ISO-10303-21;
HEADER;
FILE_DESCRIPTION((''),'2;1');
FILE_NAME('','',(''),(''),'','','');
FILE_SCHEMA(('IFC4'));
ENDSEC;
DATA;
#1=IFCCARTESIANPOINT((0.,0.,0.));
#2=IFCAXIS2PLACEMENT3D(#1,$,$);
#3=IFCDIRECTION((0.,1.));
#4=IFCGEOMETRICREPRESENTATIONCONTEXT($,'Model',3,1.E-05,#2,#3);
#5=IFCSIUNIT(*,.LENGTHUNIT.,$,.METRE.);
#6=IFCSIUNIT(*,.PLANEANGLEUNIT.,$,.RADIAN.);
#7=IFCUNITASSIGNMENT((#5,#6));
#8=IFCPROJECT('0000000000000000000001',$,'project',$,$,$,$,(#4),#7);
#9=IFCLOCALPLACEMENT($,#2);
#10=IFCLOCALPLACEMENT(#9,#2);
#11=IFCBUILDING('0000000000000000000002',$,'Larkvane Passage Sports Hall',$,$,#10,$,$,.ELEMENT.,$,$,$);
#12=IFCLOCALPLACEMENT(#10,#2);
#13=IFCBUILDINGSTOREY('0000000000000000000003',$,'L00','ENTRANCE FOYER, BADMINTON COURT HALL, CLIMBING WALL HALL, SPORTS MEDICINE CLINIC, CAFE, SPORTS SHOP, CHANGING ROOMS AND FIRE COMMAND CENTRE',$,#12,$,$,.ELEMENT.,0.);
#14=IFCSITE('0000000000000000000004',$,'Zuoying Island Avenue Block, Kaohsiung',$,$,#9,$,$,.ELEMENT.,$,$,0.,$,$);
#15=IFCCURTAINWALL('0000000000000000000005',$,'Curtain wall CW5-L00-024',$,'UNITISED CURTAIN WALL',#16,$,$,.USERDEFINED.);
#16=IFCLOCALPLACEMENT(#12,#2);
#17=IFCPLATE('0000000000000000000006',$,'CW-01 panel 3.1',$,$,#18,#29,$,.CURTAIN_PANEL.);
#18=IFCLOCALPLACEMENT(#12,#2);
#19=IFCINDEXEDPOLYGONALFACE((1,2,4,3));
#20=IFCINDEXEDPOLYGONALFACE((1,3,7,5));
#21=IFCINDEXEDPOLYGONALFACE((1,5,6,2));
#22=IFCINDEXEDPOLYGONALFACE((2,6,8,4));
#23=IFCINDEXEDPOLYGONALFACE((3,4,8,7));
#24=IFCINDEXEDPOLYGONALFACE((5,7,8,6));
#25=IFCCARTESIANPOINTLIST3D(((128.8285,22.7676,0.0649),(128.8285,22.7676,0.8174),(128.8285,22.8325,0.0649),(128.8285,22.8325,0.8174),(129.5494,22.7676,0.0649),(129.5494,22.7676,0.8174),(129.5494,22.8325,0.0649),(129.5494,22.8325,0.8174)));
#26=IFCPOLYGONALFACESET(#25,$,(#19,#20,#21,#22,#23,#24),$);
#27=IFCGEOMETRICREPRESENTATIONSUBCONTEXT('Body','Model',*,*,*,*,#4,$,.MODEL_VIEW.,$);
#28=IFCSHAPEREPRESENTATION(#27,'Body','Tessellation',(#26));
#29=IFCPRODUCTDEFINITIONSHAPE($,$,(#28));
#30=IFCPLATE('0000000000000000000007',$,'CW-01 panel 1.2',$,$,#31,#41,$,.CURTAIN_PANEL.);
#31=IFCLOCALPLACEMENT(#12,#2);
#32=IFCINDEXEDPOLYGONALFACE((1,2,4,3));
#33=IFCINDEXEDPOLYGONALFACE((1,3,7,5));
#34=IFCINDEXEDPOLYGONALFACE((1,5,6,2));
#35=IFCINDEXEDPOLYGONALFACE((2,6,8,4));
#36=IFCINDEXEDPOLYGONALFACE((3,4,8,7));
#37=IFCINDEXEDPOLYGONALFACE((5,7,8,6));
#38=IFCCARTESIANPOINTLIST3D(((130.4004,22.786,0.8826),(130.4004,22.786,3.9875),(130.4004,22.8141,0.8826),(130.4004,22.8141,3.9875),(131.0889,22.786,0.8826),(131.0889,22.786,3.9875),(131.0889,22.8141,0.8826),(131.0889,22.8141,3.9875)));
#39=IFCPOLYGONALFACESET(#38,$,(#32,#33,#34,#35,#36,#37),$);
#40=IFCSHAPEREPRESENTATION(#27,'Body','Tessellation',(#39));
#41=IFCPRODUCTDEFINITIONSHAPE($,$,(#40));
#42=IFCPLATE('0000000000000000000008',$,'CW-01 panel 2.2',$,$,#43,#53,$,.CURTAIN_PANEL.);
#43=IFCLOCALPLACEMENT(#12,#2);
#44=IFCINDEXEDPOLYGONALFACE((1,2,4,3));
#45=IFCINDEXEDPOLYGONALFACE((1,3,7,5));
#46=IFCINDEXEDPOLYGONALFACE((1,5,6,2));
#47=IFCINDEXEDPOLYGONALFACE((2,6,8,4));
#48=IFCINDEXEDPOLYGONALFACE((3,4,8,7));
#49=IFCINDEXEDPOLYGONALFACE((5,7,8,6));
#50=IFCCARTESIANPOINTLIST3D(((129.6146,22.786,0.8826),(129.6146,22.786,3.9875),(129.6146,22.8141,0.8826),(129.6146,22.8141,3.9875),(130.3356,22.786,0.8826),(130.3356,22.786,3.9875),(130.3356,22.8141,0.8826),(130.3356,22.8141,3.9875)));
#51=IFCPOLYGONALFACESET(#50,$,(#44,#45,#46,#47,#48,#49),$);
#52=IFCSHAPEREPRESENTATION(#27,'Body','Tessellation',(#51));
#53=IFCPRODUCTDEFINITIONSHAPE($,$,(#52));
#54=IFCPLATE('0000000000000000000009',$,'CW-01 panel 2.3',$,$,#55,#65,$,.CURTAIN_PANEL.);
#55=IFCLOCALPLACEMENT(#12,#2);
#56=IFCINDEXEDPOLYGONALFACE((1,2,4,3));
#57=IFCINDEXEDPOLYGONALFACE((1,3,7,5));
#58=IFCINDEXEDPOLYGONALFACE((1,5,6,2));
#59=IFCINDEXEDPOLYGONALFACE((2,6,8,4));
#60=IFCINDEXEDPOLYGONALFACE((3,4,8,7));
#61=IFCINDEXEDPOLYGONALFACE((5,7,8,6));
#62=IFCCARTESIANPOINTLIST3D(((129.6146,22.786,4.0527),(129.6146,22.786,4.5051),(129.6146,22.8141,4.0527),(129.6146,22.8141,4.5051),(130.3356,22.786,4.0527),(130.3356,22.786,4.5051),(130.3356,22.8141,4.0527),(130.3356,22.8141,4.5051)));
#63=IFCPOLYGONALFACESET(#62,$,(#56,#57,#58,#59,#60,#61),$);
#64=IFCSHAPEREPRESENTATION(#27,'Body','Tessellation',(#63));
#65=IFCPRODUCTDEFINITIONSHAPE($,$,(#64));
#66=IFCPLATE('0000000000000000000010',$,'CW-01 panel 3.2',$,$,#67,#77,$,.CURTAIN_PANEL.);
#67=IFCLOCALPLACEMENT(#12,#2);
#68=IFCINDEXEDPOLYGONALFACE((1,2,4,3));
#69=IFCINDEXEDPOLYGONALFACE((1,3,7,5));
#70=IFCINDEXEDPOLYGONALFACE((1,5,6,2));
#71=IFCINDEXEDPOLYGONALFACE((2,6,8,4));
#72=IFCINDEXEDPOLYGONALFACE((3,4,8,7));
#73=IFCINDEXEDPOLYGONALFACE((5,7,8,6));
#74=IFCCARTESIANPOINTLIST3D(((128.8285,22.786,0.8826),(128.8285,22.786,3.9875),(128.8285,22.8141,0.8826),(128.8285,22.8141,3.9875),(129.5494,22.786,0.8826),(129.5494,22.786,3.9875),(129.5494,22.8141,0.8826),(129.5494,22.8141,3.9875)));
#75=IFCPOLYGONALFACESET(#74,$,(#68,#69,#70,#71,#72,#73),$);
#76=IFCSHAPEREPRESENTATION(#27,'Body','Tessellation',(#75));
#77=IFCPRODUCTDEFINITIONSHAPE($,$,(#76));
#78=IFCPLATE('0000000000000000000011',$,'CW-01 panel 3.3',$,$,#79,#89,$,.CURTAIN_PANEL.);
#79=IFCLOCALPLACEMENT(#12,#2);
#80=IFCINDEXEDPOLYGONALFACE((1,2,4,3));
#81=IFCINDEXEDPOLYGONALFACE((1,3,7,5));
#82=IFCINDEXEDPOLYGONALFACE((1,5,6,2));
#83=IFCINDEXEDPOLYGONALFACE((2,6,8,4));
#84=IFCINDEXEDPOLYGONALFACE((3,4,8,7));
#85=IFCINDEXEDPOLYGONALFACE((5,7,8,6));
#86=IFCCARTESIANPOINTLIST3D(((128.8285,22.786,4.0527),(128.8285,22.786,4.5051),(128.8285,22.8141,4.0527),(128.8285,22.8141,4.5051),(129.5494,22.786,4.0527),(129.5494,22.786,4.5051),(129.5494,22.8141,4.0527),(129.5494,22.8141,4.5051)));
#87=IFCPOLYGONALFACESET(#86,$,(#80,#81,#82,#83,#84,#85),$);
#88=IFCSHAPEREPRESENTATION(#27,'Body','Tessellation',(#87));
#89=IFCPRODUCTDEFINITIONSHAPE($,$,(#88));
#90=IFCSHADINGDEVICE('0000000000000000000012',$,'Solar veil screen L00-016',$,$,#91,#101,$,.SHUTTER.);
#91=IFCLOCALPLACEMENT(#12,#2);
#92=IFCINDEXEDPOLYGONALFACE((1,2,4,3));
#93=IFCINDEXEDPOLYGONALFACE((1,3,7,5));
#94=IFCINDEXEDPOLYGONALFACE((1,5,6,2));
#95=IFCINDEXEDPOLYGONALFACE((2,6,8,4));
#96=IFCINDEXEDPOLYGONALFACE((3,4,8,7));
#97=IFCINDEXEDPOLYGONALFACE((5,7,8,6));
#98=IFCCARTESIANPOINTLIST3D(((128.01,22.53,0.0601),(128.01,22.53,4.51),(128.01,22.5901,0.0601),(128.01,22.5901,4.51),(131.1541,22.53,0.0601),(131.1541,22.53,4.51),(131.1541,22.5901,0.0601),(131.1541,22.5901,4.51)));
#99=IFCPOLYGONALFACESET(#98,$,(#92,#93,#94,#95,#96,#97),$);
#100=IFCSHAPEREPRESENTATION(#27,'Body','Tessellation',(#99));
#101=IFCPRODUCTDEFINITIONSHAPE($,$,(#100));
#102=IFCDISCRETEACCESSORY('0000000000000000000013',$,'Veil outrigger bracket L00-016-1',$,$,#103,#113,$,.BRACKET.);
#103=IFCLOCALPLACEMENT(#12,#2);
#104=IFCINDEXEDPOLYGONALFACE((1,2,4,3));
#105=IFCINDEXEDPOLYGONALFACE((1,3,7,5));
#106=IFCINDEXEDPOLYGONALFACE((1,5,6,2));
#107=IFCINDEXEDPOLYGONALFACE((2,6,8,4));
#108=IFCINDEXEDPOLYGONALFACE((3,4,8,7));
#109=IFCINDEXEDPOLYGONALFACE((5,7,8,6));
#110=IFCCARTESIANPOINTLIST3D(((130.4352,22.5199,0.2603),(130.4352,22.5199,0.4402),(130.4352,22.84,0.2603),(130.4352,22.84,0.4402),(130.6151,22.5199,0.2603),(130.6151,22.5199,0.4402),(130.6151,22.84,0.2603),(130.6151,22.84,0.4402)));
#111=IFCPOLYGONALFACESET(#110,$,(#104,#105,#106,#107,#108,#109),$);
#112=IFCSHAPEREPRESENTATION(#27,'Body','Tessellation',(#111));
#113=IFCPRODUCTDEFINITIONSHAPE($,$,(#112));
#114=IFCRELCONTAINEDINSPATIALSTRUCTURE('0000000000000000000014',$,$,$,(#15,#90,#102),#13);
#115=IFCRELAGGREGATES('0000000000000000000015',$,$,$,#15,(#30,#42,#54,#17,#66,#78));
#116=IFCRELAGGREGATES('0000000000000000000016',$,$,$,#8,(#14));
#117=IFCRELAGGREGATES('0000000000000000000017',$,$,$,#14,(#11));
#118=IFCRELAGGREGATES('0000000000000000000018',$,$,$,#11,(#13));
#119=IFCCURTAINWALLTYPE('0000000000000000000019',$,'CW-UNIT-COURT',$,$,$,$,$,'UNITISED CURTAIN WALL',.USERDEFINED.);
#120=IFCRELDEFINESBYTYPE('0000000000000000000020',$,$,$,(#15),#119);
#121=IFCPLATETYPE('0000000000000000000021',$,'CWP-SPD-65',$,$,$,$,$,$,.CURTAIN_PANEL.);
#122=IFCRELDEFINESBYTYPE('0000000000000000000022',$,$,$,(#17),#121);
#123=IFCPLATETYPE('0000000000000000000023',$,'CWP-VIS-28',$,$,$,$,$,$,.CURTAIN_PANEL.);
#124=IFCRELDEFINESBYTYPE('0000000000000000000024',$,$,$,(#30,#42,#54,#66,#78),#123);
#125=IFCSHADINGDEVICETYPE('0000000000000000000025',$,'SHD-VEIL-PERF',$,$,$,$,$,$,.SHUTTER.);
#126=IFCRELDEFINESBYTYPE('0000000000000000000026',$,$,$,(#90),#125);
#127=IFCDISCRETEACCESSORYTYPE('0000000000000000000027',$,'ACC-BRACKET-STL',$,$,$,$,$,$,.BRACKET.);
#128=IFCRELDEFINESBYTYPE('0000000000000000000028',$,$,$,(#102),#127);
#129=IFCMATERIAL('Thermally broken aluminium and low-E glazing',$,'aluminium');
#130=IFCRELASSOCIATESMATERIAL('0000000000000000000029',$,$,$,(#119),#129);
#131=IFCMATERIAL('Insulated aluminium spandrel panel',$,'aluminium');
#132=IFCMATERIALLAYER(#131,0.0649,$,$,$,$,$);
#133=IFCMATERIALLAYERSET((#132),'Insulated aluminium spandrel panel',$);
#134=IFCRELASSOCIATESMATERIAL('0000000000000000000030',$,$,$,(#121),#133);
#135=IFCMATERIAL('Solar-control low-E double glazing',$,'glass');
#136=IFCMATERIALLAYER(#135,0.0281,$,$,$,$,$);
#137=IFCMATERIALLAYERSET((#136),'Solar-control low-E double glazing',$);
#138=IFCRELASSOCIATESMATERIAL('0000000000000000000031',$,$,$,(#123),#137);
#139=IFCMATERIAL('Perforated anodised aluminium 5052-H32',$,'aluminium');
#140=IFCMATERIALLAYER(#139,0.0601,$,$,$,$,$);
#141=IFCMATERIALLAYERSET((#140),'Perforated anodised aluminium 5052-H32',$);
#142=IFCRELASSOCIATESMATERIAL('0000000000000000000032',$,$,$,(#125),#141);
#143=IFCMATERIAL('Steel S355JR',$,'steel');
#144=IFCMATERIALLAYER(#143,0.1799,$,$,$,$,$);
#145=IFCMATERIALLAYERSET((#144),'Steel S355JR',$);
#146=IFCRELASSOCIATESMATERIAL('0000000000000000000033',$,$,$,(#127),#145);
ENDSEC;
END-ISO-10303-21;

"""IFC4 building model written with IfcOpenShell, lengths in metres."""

from ifc_helpers import new_model, si_unit, direction, frame, origin, origin_2d, place, context, subcontext, project, spatial, rectangle, extrude, material, layer, layer_set, type_object, element, aggregate, save


model = new_model("IFC4")

# Units and contexts
model_context = context("Model", 3, precision=1e-05, world=origin(), true_north=direction((0.0, 1.0)))
body_context = subcontext(model_context, "Body", "Model", "MODEL_VIEW")
ifc_project = project(units=[si_unit("LENGTHUNIT", "METRE"), si_unit("PLANEANGLEUNIT", "RADIAN")], contexts=[model_context])

# Site, building, storey
site_placement = place(None, origin())
site = spatial("IfcSite", under=ifc_project, at=site_placement, Name="Zuoying Island Avenue Block, Kaohsiung", CompositionType="ELEMENT", RefElevation=0.0)
building_placement = place(site_placement, origin())
building = spatial("IfcBuilding", under=site, at=building_placement, Name="Larkvane Passage Sports Hall", CompositionType="ELEMENT")
storey_placement = place(building_placement, origin())
storey = spatial("IfcBuildingStorey", under=building, at=storey_placement, Name="L00", Description="ENTRANCE FOYER, BADMINTON COURT HALL, CLIMBING WALL HALL, SPORTS MEDICINE CLINIC, CAFE, SPORTS SHOP, CHANGING ROOMS AND FIRE COMMAND CENTRE", CompositionType="ELEMENT", Elevation=0.0)

# Curtain wall, plates
ifc_material_1 = material(Name="Thermally broken aluminium and low-E glazing", Category="aluminium")
curtain_wall_type = type_object("IfcCurtainWallType", Name="CW-UNIT-COURT", ElementType="UNITISED CURTAIN WALL", PredefinedType="USERDEFINED", material=ifc_material_1)
curtain_wall_placement = place(storey_placement, origin())
curtain_wall = element("IfcCurtainWall", 1, at=curtain_wall_placement, inside=storey, type_object=curtain_wall_type, Name="Curtain wall CW5-L00-024", ObjectType="UNITISED CURTAIN WALL", PredefinedType="USERDEFINED")
ifc_material_2 = material(Name="Insulated aluminium spandrel panel", Category="aluminium")
ifc_layer_1 = layer(ifc_material_2, 0.0649)
ifc_layer_set_1 = layer_set([ifc_layer_1], Name="Insulated aluminium spandrel panel")
plate_type_1 = type_object("IfcPlateType", Name="CWP-SPD-65", PredefinedType="CURTAIN_PANEL", material=ifc_layer_set_1)
plate_1_placement = place(storey_placement, frame((129.189, 22.8, 0.0649), z_axis=(0.0, 0.0, 1.0), x_axis=(-1.0, 0.0, 0.0)))
plate_1 = element("IfcPlate", 2, at=plate_1_placement, type_object=plate_type_1, Name="CW-01 panel 3.1", PredefinedType="CURTAIN_PANEL", context=body_context, shape_type="SweptSolid", body=[
    extrude(rectangle(XDim=0.7209, YDim=0.0649, at=origin_2d()), origin(), (0.0, 0.0, 1.0), 0.7524),
])
ifc_material_3 = material(Name="Solar-control low-E double glazing", Category="glass")
ifc_layer_2 = layer(ifc_material_3, 0.0281)
ifc_layer_set_2 = layer_set([ifc_layer_2], Name="Solar-control low-E double glazing")
plate_type_2 = type_object("IfcPlateType", Name="CWP-VIS-28", PredefinedType="CURTAIN_PANEL", material=ifc_layer_set_2)
plate_2_placement = place(storey_placement, frame((130.7446, 22.8, 0.8826), z_axis=(0.0, 0.0, 1.0), x_axis=(-1.0, 0.0, 0.0)))
plate_2 = element("IfcPlate", 3, at=plate_2_placement, type_object=plate_type_2, Name="CW-01 panel 1.2", PredefinedType="CURTAIN_PANEL", context=body_context, shape_type="SweptSolid", body=[
    extrude(rectangle(XDim=0.6885, YDim=0.0281, at=origin_2d()), origin(), (0.0, 0.0, 1.0), 3.105),
])
plate_3_placement = place(storey_placement, frame((129.9751, 22.8, 0.8826), z_axis=(0.0, 0.0, 1.0), x_axis=(-1.0, 0.0, 0.0)))
plate_3 = element("IfcPlate", 4, at=plate_3_placement, type_object=plate_type_2, Name="CW-01 panel 2.2", PredefinedType="CURTAIN_PANEL", context=body_context, shape_type="SweptSolid", body=[
    extrude(rectangle(XDim=0.7209, YDim=0.0281, at=origin_2d()), origin(), (0.0, 0.0, 1.0), 3.105),
])
plate_4_placement = place(storey_placement, frame((129.9751, 22.8, 4.0527), z_axis=(0.0, 0.0, 1.0), x_axis=(-1.0, 0.0, 0.0)))
plate_4 = element("IfcPlate", 5, at=plate_4_placement, type_object=plate_type_2, Name="CW-01 panel 2.3", PredefinedType="CURTAIN_PANEL", context=body_context, shape_type="SweptSolid", body=[
    extrude(rectangle(XDim=0.7209, YDim=0.0281, at=origin_2d()), origin(), (0.0, 0.0, 1.0), 0.4524),
])
plate_5_placement = place(storey_placement, frame((129.189, 22.8, 0.8826), z_axis=(0.0, 0.0, 1.0), x_axis=(-1.0, 0.0, 0.0)))
plate_5 = element("IfcPlate", 6, at=plate_5_placement, type_object=plate_type_2, Name="CW-01 panel 3.2", PredefinedType="CURTAIN_PANEL", context=body_context, shape_type="SweptSolid", body=[
    extrude(rectangle(XDim=0.7209, YDim=0.0281, at=origin_2d()), origin(), (0.0, 0.0, 1.0), 3.105),
])
plate_6_placement = place(storey_placement, frame((129.189, 22.8, 4.0527), z_axis=(0.0, 0.0, 1.0), x_axis=(-1.0, 0.0, 0.0)))
plate_6 = element("IfcPlate", 7, at=plate_6_placement, type_object=plate_type_2, Name="CW-01 panel 3.3", PredefinedType="CURTAIN_PANEL", context=body_context, shape_type="SweptSolid", body=[
    extrude(rectangle(XDim=0.7209, YDim=0.0281, at=origin_2d()), origin(), (0.0, 0.0, 1.0), 0.4524),
])
aggregate(curtain_wall, [plate_2, plate_3, plate_4, plate_1, plate_5, plate_6])

# Shading device
ifc_material_4 = material(Name="Perforated anodised aluminium 5052-H32", Category="aluminium")
ifc_layer_3 = layer(ifc_material_4, 0.0601)
ifc_layer_set_3 = layer_set([ifc_layer_3], Name="Perforated anodised aluminium 5052-H32")
shading_device_type = type_object("IfcShadingDeviceType", Name="SHD-VEIL-PERF", PredefinedType="SHUTTER", material=ifc_layer_set_3)
shading_device_placement = place(storey_placement, frame((129.582, 22.5601, 0.0601), z_axis=(0.0, 0.0, 1.0), x_axis=(-1.0, 0.0, 0.0)))
element("IfcShadingDevice", 8, at=shading_device_placement, inside=storey, type_object=shading_device_type, Name="Solar veil screen L00-016", PredefinedType="SHUTTER", context=body_context, shape_type="SweptSolid", body=[
    extrude(rectangle(XDim=3.144, YDim=0.0601, at=origin_2d()), origin(), (0.0, 0.0, 1.0), 4.45),
])

# Discrete accessory
ifc_material_5 = material(Name="Steel S355JR", Category="steel")
ifc_layer_4 = layer(ifc_material_5, 0.1799)
ifc_layer_set_4 = layer_set([ifc_layer_4], Name="Steel S355JR")
discrete_accessory_type = type_object("IfcDiscreteAccessoryType", Name="ACC-BRACKET-STL", PredefinedType="BRACKET", material=ifc_layer_set_4)
discrete_accessory_placement = place(storey_placement, frame((130.5251, 22.6799, 0.2603), z_axis=(0.0, 0.0, 1.0), x_axis=(-1.0, 0.0, 0.0)))
element("IfcDiscreteAccessory", 9, at=discrete_accessory_placement, inside=storey, type_object=discrete_accessory_type, Name="Veil outrigger bracket L00-016-1", PredefinedType="BRACKET", context=body_context, shape_type="SweptSolid", body=[
    extrude(rectangle(XDim=0.1799, YDim=0.3201, at=origin_2d()), origin(), (0.0, 0.0, 1.0), 0.1799),
])

save(model, "model.ifc")
